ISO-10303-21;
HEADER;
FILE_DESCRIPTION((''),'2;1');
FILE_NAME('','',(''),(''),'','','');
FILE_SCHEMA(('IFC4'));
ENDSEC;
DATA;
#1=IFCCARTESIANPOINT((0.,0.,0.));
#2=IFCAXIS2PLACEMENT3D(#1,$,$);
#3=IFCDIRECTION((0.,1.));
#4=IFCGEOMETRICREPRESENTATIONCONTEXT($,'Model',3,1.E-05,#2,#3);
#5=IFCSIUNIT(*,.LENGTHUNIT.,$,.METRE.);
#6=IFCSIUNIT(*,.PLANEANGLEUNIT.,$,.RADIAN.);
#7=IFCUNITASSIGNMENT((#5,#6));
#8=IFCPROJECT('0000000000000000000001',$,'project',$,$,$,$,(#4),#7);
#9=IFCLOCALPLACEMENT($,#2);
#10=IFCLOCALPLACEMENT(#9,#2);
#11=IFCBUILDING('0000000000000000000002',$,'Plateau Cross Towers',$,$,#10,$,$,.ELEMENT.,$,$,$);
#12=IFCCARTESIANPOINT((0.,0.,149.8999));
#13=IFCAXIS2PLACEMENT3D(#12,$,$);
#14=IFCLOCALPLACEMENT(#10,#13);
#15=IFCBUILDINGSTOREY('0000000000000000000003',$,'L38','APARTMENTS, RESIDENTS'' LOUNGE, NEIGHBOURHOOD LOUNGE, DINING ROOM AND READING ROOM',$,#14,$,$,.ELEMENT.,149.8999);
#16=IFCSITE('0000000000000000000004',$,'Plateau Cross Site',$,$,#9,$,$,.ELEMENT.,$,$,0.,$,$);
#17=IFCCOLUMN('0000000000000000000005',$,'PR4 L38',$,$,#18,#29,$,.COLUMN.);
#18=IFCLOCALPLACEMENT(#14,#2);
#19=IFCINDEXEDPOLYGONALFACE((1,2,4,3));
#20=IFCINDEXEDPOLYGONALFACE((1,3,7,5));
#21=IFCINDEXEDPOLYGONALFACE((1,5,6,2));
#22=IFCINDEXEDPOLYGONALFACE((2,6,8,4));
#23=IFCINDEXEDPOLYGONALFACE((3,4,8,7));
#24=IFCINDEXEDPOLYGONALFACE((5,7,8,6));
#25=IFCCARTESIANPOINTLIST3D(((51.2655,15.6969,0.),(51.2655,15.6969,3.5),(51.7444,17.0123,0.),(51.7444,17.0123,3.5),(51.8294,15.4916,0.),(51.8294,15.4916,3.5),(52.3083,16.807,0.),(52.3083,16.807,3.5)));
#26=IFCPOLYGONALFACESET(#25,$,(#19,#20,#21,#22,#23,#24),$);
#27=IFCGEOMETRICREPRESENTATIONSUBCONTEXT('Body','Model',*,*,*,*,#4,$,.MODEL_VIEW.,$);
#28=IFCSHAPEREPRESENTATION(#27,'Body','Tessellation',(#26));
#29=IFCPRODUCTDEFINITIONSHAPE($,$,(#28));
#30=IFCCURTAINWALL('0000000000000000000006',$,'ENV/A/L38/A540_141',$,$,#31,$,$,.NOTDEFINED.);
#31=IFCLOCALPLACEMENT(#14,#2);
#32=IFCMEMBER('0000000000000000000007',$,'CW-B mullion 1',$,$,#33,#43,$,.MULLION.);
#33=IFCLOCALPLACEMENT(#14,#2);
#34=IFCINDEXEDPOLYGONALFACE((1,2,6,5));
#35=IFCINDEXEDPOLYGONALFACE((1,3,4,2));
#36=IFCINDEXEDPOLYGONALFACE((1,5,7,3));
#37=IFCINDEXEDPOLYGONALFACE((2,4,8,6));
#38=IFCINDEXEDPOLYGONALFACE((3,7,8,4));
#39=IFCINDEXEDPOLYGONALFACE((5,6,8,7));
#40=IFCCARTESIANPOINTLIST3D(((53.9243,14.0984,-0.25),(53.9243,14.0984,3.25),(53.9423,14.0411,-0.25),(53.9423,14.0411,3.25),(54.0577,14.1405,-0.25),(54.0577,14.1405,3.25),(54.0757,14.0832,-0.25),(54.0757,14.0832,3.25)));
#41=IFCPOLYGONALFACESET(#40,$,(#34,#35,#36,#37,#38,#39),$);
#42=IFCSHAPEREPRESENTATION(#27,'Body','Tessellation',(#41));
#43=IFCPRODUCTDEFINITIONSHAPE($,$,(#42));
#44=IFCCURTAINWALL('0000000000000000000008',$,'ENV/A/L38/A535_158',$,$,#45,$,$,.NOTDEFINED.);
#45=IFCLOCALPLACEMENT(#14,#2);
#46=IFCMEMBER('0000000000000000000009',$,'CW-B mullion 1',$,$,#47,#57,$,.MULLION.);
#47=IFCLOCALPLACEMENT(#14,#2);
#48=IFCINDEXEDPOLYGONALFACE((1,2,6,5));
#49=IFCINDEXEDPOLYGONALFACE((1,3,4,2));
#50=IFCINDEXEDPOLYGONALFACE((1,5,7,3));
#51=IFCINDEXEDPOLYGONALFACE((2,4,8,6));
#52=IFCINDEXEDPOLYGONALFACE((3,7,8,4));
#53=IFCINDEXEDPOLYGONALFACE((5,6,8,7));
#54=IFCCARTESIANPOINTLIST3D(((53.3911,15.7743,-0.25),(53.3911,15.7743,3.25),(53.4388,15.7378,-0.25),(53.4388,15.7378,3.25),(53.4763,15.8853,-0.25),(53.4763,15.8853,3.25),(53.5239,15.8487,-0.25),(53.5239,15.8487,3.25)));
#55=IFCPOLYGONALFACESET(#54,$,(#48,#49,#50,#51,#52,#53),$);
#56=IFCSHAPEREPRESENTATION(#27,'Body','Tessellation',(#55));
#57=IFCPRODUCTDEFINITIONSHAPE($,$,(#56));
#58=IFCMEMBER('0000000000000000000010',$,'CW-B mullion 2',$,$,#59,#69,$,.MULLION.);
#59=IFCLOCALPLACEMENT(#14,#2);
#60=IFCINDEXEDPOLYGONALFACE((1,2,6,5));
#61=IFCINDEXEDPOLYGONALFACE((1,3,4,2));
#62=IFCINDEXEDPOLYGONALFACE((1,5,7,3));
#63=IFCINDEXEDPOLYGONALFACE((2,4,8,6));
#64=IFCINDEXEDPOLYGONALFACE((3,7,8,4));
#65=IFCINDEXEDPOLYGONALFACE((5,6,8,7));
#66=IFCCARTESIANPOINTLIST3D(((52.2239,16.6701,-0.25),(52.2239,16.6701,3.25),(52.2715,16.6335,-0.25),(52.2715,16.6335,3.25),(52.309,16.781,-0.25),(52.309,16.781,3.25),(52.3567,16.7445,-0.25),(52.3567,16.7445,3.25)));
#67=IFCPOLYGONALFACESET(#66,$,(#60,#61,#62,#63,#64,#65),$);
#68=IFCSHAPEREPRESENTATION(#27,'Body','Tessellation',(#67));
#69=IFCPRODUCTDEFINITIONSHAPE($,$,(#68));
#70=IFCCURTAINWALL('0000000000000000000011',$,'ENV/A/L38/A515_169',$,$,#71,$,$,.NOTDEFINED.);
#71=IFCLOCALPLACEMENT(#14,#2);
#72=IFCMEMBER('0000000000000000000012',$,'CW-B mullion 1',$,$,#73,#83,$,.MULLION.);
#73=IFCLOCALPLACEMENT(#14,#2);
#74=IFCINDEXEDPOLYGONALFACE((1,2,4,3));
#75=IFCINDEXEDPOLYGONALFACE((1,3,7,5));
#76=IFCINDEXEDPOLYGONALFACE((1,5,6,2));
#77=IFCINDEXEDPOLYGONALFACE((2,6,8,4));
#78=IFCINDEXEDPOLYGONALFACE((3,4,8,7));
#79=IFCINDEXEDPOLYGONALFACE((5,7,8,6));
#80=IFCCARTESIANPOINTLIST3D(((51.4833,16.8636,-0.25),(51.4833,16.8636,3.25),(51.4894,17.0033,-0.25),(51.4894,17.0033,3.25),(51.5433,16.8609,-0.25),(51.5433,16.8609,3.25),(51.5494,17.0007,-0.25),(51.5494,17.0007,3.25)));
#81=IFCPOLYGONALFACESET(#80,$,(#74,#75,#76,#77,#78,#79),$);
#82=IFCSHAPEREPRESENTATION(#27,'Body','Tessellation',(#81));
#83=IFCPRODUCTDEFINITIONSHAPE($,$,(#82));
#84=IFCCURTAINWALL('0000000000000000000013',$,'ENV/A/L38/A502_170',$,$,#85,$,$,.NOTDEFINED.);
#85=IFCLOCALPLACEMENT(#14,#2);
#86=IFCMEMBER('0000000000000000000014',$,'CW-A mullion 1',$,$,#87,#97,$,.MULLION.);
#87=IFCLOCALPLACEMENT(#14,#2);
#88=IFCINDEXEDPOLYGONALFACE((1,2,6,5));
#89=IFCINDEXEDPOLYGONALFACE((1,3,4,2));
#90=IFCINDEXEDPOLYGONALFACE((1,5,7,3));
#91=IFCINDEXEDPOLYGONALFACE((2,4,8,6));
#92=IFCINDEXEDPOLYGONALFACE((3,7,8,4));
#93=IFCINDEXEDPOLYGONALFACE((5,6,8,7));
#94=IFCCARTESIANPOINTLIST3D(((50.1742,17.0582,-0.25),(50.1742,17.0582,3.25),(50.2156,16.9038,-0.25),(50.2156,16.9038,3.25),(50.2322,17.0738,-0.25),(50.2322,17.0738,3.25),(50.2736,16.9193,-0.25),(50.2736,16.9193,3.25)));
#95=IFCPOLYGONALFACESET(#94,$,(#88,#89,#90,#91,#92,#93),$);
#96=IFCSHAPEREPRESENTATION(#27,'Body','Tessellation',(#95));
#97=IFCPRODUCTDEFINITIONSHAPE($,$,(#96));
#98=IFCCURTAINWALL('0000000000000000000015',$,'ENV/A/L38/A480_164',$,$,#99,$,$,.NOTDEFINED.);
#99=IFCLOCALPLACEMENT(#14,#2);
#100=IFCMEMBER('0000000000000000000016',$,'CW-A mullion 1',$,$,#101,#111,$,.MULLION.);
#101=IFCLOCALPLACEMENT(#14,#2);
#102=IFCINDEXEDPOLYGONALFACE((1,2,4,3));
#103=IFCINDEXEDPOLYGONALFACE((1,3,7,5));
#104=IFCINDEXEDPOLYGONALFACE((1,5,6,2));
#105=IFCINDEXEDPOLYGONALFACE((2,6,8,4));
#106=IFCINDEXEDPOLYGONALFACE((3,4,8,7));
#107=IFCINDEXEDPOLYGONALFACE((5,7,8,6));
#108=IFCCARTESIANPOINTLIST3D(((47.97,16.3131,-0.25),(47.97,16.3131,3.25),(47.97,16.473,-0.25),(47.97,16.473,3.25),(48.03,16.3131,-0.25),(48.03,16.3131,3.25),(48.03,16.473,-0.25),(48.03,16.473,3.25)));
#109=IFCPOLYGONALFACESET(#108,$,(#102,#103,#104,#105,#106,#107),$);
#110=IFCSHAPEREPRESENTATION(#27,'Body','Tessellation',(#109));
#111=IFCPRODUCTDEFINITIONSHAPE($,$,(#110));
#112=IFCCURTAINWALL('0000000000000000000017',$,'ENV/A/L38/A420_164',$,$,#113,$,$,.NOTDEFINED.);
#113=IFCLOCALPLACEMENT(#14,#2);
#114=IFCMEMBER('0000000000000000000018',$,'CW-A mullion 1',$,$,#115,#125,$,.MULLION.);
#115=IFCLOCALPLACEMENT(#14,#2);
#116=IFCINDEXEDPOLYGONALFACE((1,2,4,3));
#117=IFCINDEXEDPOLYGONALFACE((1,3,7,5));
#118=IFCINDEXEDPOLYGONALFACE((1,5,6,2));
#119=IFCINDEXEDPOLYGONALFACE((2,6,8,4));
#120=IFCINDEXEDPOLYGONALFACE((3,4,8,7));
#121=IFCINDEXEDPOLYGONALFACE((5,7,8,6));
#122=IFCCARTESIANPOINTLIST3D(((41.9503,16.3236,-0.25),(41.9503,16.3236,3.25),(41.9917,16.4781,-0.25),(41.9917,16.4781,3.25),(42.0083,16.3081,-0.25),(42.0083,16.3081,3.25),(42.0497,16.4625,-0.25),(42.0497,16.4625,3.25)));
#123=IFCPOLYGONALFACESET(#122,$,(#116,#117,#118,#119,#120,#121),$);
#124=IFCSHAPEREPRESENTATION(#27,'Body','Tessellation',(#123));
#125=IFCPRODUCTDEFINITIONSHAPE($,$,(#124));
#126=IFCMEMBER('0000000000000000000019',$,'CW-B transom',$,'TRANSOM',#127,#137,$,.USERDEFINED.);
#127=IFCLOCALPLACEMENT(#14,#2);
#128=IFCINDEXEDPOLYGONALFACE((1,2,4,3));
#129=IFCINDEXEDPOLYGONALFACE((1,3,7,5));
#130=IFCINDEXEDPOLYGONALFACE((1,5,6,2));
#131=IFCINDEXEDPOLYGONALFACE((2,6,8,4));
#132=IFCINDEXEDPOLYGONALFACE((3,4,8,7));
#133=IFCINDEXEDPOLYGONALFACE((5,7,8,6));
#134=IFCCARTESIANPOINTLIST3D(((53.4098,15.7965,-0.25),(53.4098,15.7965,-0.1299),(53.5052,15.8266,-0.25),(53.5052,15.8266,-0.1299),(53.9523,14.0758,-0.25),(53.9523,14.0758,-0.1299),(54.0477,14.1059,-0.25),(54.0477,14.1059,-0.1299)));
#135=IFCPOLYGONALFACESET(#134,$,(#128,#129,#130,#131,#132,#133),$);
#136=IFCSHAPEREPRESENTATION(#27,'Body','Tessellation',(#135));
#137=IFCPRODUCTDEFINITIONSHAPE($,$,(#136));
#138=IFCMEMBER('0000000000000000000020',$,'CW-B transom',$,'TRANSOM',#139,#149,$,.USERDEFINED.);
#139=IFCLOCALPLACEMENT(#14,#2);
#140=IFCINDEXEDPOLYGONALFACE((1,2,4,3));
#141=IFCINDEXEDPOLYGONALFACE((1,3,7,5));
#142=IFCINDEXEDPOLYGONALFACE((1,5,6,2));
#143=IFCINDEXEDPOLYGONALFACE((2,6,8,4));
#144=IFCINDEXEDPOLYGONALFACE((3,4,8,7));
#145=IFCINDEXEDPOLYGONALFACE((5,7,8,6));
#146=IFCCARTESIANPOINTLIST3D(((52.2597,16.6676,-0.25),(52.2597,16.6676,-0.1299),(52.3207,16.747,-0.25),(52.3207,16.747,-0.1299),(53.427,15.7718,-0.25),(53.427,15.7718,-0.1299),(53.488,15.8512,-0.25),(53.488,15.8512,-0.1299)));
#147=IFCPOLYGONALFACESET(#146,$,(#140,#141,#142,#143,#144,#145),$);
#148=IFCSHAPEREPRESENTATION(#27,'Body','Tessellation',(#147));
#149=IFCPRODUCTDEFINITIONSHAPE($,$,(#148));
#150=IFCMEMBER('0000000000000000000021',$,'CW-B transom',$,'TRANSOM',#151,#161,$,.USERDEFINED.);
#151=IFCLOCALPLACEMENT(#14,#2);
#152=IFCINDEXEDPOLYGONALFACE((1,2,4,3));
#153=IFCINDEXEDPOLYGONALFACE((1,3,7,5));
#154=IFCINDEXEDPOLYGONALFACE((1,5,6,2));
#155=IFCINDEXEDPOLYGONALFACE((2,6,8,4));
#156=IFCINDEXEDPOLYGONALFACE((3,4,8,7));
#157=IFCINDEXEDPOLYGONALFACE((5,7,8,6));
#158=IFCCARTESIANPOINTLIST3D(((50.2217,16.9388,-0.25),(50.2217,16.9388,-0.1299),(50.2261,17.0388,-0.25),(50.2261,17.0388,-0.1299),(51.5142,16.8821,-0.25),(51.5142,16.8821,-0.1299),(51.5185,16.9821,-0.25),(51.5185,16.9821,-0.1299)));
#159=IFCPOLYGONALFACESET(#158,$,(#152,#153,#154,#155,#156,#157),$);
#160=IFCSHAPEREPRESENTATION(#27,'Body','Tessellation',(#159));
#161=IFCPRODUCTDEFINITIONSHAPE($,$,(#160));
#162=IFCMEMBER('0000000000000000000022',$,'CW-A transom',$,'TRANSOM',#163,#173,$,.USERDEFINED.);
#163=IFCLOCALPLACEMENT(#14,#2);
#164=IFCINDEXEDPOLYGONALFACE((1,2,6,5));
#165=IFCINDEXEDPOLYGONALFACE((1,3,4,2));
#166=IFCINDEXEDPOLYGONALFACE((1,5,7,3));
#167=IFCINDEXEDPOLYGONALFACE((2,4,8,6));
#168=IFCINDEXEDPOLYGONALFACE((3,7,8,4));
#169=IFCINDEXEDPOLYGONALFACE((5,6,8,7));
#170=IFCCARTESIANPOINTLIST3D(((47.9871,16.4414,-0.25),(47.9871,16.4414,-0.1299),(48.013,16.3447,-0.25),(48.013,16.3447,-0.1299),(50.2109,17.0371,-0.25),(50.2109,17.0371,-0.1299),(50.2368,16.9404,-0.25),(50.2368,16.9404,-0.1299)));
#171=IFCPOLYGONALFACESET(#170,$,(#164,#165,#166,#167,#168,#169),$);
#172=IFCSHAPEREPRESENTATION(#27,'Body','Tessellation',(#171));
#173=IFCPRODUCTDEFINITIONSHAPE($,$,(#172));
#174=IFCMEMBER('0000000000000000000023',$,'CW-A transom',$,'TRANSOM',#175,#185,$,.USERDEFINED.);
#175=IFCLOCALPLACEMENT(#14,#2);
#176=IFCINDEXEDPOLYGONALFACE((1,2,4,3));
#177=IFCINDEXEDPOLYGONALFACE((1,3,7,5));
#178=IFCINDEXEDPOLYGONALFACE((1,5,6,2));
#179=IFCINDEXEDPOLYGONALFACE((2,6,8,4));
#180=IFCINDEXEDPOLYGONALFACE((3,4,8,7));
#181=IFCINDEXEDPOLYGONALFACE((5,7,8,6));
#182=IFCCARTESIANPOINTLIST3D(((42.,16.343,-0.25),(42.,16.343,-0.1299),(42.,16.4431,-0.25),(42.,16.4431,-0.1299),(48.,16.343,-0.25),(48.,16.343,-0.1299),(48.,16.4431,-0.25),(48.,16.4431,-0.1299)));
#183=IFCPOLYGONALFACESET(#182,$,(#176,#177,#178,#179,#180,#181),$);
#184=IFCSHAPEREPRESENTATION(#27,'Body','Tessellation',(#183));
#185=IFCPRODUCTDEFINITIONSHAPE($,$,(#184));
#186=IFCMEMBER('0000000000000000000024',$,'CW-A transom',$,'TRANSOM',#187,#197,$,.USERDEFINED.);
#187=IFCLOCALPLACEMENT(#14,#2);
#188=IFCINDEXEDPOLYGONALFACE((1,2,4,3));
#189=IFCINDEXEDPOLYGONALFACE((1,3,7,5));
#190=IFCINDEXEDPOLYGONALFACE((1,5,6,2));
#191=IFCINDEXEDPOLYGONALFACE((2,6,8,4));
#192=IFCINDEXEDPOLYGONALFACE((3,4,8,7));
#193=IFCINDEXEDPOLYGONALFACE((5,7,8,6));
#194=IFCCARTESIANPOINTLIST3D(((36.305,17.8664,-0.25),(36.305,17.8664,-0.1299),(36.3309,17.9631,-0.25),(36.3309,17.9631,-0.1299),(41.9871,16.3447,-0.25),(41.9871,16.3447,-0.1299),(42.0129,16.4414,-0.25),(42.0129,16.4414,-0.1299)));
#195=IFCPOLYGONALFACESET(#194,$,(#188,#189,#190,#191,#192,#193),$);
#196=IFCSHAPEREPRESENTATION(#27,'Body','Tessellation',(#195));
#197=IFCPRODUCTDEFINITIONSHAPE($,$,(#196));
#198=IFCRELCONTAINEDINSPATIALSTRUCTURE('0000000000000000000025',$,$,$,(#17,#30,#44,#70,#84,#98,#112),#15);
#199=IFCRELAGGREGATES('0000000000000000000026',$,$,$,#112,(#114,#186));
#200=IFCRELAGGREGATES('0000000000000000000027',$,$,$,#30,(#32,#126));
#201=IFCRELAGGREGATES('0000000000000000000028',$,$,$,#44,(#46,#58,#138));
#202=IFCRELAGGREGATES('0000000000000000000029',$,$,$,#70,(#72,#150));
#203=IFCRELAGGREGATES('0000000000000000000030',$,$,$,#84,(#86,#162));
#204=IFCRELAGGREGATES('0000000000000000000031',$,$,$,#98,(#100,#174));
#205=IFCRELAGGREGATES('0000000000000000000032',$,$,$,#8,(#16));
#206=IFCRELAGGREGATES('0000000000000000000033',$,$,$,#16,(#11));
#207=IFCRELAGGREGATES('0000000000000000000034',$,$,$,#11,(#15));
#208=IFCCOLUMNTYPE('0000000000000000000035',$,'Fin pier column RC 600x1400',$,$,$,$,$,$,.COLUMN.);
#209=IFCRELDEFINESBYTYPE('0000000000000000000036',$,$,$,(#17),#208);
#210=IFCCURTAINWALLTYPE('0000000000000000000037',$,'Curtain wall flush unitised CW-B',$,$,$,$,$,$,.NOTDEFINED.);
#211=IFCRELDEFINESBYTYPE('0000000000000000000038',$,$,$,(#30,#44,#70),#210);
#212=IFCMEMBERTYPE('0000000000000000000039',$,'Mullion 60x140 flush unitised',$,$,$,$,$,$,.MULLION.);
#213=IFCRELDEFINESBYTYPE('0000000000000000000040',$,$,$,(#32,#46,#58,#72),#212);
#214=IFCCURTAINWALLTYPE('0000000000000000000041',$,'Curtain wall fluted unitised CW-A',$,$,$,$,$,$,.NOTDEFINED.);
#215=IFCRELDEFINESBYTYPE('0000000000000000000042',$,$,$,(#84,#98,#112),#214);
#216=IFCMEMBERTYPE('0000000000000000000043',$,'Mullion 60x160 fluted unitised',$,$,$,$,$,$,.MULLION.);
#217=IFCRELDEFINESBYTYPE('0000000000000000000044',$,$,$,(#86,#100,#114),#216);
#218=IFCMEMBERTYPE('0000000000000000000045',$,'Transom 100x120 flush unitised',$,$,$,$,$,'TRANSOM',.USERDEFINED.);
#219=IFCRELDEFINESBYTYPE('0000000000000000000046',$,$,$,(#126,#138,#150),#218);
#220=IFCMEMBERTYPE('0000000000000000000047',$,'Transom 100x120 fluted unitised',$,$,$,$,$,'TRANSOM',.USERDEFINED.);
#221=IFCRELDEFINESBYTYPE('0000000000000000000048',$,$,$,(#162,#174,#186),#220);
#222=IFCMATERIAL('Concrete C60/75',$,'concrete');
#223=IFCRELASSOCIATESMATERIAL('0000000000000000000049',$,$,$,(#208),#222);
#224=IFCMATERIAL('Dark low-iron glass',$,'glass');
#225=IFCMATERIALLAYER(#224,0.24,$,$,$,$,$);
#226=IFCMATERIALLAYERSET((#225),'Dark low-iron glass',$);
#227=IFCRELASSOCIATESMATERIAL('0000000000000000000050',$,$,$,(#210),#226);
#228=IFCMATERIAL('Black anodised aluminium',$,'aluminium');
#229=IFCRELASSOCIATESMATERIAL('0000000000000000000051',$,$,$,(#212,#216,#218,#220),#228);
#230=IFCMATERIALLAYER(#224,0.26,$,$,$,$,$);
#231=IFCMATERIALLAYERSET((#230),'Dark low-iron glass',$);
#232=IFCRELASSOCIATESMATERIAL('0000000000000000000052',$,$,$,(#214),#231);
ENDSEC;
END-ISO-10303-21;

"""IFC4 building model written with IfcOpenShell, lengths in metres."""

from ifc_helpers import new_model, si_unit, direction, frame, origin, origin_2d, place, context, subcontext, project, spatial, rectangle, extrude, material, layer, layer_set, material_profile, profile_set, type_object, element, aggregate, save


model = new_model("IFC4")

# Units and contexts
model_context = context("Model", 3, precision=1e-05, world=origin(), true_north=direction((0.0, 1.0)))
body_context = subcontext(model_context, "Body", "Model", "MODEL_VIEW")
ifc_project = project(units=[si_unit("LENGTHUNIT", "METRE"), si_unit("PLANEANGLEUNIT", "RADIAN")], contexts=[model_context])

# Site, building, storey
site_placement = place(None, origin())
site = spatial("IfcSite", under=ifc_project, at=site_placement, Name="Plateau Cross Site", CompositionType="ELEMENT", RefElevation=0.0)
building_placement = place(site_placement, origin())
building = spatial("IfcBuilding", under=site, at=building_placement, Name="Plateau Cross Towers", CompositionType="ELEMENT")
storey_placement = place(building_placement, frame((0.0, 0.0, 149.8999)))
storey = spatial("IfcBuildingStorey", under=building, at=storey_placement, Name="L38", Description="APARTMENTS, RESIDENTS' LOUNGE, NEIGHBOURHOOD LOUNGE, DINING ROOM AND READING ROOM", CompositionType="ELEMENT", Elevation=149.8999)

# Column
ifc_material_1 = material(Name="Concrete C60/75", Category="concrete")
ifc_material_profile_1 = material_profile(ifc_material_1, rectangle(XDim=0.6001, YDim=1.3999, at=origin_2d()), Name="RC 600x1400")
ifc_profile_set_1 = profile_set([ifc_material_profile_1], Name="Concrete C60/75")
column_type = type_object("IfcColumnType", Name="Fin pier column RC 600x1400", PredefinedType="COLUMN", material=ifc_profile_set_1)
column_placement = place(storey_placement, frame((51.7869, 16.252, 0.0), z_axis=(0.0, 0.0, 1.0), x_axis=(-0.939664, 0.342098, 0.0)))
element("IfcColumn", 1, at=column_placement, inside=storey, type_object=column_type, Name="PR4 L38", PredefinedType="COLUMN", context=body_context, shape_type="SweptSolid", body=[
    extrude(rectangle(XDim=0.6001, YDim=1.3999, at=origin_2d()), origin(), (0.0, 0.0, 1.0), 3.5),
])

# Curtain wall, member
ifc_material_2 = material(Name="Dark low-iron glass", Category="glass")
ifc_layer_1 = layer(ifc_material_2, 0.24)
ifc_layer_set_1 = layer_set([ifc_layer_1], Name="Dark low-iron glass")
curtain_wall_type_1 = type_object("IfcCurtainWallType", Name="Curtain wall flush unitised CW-B", PredefinedType="NOTDEFINED", material=ifc_layer_set_1)
curtain_wall_1_placement = place(storey_placement, origin())
curtain_wall_1 = element("IfcCurtainWall", 2, at=curtain_wall_1_placement, inside=storey, type_object=curtain_wall_type_1, Name="ENV/A/L38/A540_141", PredefinedType="NOTDEFINED")
ifc_material_3 = material(Name="Black anodised aluminium", Category="aluminium")
ifc_material_profile_2 = material_profile(ifc_material_3, rectangle(XDim=0.0601, YDim=0.1399, at=origin_2d()), Name="MULLION 60x140")
ifc_profile_set_2 = profile_set([ifc_material_profile_2], Name="Black anodised aluminium")
member_type_1 = type_object("IfcMemberType", Name="Mullion 60x140 flush unitised", PredefinedType="MULLION", material=ifc_profile_set_2)
member_1_placement = place(storey_placement, frame((54.0, 14.0908, -0.25), z_axis=(0.0, 0.0, 1.0), x_axis=(-0.300686, 0.953723, 0.0)))
member_1 = element("IfcMember", 3, at=member_1_placement, type_object=member_type_1, Name="CW-B mullion 1", PredefinedType="MULLION", context=body_context, shape_type="SweptSolid", body=[
    extrude(rectangle(XDim=0.0601, YDim=0.1399, at=origin_2d()), origin(), (0.0, 0.0, 1.0), 3.5),
])

# Curtain wall, members
curtain_wall_2_placement = place(storey_placement, origin())
curtain_wall_2 = element("IfcCurtainWall", 4, at=curtain_wall_2_placement, inside=storey, type_object=curtain_wall_type_1, Name="ENV/A/L38/A535_158", PredefinedType="NOTDEFINED")
member_2_placement = place(storey_placement, frame((53.4575, 15.8115, -0.25), z_axis=(0.0, 0.0, 1.0), x_axis=(-0.793316, 0.608811, 0.0)))
member_2 = element("IfcMember", 5, at=member_2_placement, type_object=member_type_1, Name="CW-B mullion 1", PredefinedType="MULLION", context=body_context, shape_type="SweptSolid", body=[
    extrude(rectangle(XDim=0.0601, YDim=0.1399, at=origin_2d()), origin(), (0.0, 0.0, 1.0), 3.5),
])
member_3_placement = place(storey_placement, frame((52.2903, 16.7073, -0.25), z_axis=(0.0, 0.0, 1.0), x_axis=(-0.793316, 0.608811, 0.0)))
member_3 = element("IfcMember", 6, at=member_3_placement, type_object=member_type_1, Name="CW-B mullion 2", PredefinedType="MULLION", context=body_context, shape_type="SweptSolid", body=[
    extrude(rectangle(XDim=0.0601, YDim=0.1399, at=origin_2d()), origin(), (0.0, 0.0, 1.0), 3.5),
])

# Curtain walls, members
curtain_wall_3_placement = place(storey_placement, origin())
curtain_wall_3 = element("IfcCurtainWall", 7, at=curtain_wall_3_placement, inside=storey, type_object=curtain_wall_type_1, Name="ENV/A/L38/A515_169", PredefinedType="NOTDEFINED")
member_4_placement = place(storey_placement, frame((51.5164, 16.9321, -0.25), z_axis=(0.0, 0.0, 1.0), x_axis=(-0.999044, 0.043723, 0.0)))
member_4 = element("IfcMember", 8, at=member_4_placement, type_object=member_type_1, Name="CW-B mullion 1", PredefinedType="MULLION", context=body_context, shape_type="SweptSolid", body=[
    extrude(rectangle(XDim=0.0601, YDim=0.1399, at=origin_2d()), origin(), (0.0, 0.0, 1.0), 3.5),
])
ifc_layer_2 = layer(ifc_material_2, 0.26)
ifc_layer_set_2 = layer_set([ifc_layer_2], Name="Dark low-iron glass")
curtain_wall_type_2 = type_object("IfcCurtainWallType", Name="Curtain wall fluted unitised CW-A", PredefinedType="NOTDEFINED", material=ifc_layer_set_2)
curtain_wall_4_placement = place(storey_placement, origin())
curtain_wall_4 = element("IfcCurtainWall", 9, at=curtain_wall_4_placement, inside=storey, type_object=curtain_wall_type_2, Name="ENV/A/L38/A502_170", PredefinedType="NOTDEFINED")
ifc_material_profile_3 = material_profile(ifc_material_3, rectangle(XDim=0.0601, YDim=0.1599, at=origin_2d()), Name="MULLION 60x160")
ifc_profile_set_3 = profile_set([ifc_material_profile_3], Name="Black anodised aluminium")
member_type_2 = type_object("IfcMemberType", Name="Mullion 60x160 fluted unitised", PredefinedType="MULLION", material=ifc_profile_set_3)
member_5_placement = place(storey_placement, frame((50.2239, 16.9888, -0.25), z_axis=(0.0, 0.0, 1.0), x_axis=(-0.965958, -0.258699, 0.0)))
member_5 = element("IfcMember", 10, at=member_5_placement, type_object=member_type_2, Name="CW-A mullion 1", PredefinedType="MULLION", context=body_context, shape_type="SweptSolid", body=[
    extrude(rectangle(XDim=0.0601, YDim=0.1599, at=origin_2d()), origin(), (0.0, 0.0, 1.0), 3.5),
])
curtain_wall_5_placement = place(storey_placement, origin())
curtain_wall_5 = element("IfcCurtainWall", 11, at=curtain_wall_5_placement, inside=storey, type_object=curtain_wall_type_2, Name="ENV/A/L38/A480_164", PredefinedType="NOTDEFINED")
member_6_placement = place(storey_placement, frame((48.0, 16.3931, -0.25), z_axis=(0.0, 0.0, 1.0), x_axis=(-1.0, 0.0, 0.0)))
member_6 = element("IfcMember", 12, at=member_6_placement, type_object=member_type_2, Name="CW-A mullion 1", PredefinedType="MULLION", context=body_context, shape_type="SweptSolid", body=[
    extrude(rectangle(XDim=0.0601, YDim=0.1599, at=origin_2d()), origin(), (0.0, 0.0, 1.0), 3.5),
])
curtain_wall_6_placement = place(storey_placement, origin())
curtain_wall_6 = element("IfcCurtainWall", 13, at=curtain_wall_6_placement, inside=storey, type_object=curtain_wall_type_2, Name="ENV/A/L38/A420_164", PredefinedType="NOTDEFINED")
member_7_placement = place(storey_placement, frame((42.0, 16.3931, -0.25), z_axis=(0.0, 0.0, 1.0), x_axis=(-0.965958, 0.258699, 0.0)))
member_7 = element("IfcMember", 14, at=member_7_placement, type_object=member_type_2, Name="CW-A mullion 1", PredefinedType="MULLION", context=body_context, shape_type="SweptSolid", body=[
    extrude(rectangle(XDim=0.0601, YDim=0.1599, at=origin_2d()), origin(), (0.0, 0.0, 1.0), 3.5),
])

# Members
ifc_material_profile_4 = material_profile(ifc_material_3, rectangle(XDim=0.1001, YDim=0.1201, at=origin_2d()), Name="TRANSOM 100x120")
ifc_profile_set_4 = profile_set([ifc_material_profile_4], Name="Black anodised aluminium")
member_type_3 = type_object("IfcMemberType", Name="Transom 100x120 flush unitised", ElementType="TRANSOM", PredefinedType="USERDEFINED", material=ifc_profile_set_4)
member_8_placement = place(storey_placement, frame((54.0, 14.0908, -0.1899), z_axis=(-0.300678, 0.953726, 0.0), x_axis=(-0.953726, -0.300678, 0.0)))
member_8 = element("IfcMember", 15, at=member_8_placement, type_object=member_type_3, Name="CW-B transom", ObjectType="TRANSOM", PredefinedType="USERDEFINED", context=body_context, shape_type="SweptSolid", body=[
    extrude(rectangle(XDim=0.1001, YDim=0.1201, at=origin_2d()), origin(), (0.0, 0.0, 1.0), 1.8042),
])
member_9_placement = place(storey_placement, frame((53.4575, 15.8115, -0.1899), z_axis=(-0.793321, 0.608804, 0.0), x_axis=(-0.608804, -0.793321, 0.0)))
member_9 = element("IfcMember", 16, at=member_9_placement, type_object=member_type_3, Name="CW-B transom", ObjectType="TRANSOM", PredefinedType="USERDEFINED", context=body_context, shape_type="SweptSolid", body=[
    extrude(rectangle(XDim=0.1001, YDim=0.1201, at=origin_2d()), origin(), (0.0, 0.0, 1.0), 1.4714),
])
member_10_placement = place(storey_placement, frame((51.5164, 16.9321, -0.1899), z_axis=(-0.999041, 0.043781, 0.0), x_axis=(-0.043781, -0.999041, 0.0)))
member_10 = element("IfcMember", 17, at=member_10_placement, type_object=member_type_3, Name="CW-B transom", ObjectType="TRANSOM", PredefinedType="USERDEFINED", context=body_context, shape_type="SweptSolid", body=[
    extrude(rectangle(XDim=0.1001, YDim=0.1201, at=origin_2d()), origin(), (0.0, 0.0, 1.0), 1.2937),
])
ifc_material_profile_5 = material_profile(ifc_material_3, rectangle(XDim=0.1001, YDim=0.1201, at=origin_2d()), Name="TRANSOM 100x120")
ifc_profile_set_5 = profile_set([ifc_material_profile_5], Name="Black anodised aluminium")
member_type_4 = type_object("IfcMemberType", Name="Transom 100x120 fluted unitised", ElementType="TRANSOM", PredefinedType="USERDEFINED", material=ifc_profile_set_5)
member_11_placement = place(storey_placement, frame((50.2239, 16.9888, -0.1899), z_axis=(-0.965946, -0.258745, 0.0), x_axis=(0.258745, -0.965946, 0.0)))
member_11 = element("IfcMember", 18, at=member_11_placement, type_object=member_type_4, Name="CW-A transom", ObjectType="TRANSOM", PredefinedType="USERDEFINED", context=body_context, shape_type="SweptSolid", body=[
    extrude(rectangle(XDim=0.1001, YDim=0.1201, at=origin_2d()), origin(), (0.0, 0.0, 1.0), 2.3022),
])
member_12_placement = place(storey_placement, frame((48.0, 16.3931, -0.1899), z_axis=(-1.0, 0.0, 0.0), x_axis=(0.0, -1.0, 0.0)))
member_12 = element("IfcMember", 19, at=member_12_placement, type_object=member_type_4, Name="CW-A transom", ObjectType="TRANSOM", PredefinedType="USERDEFINED", context=body_context, shape_type="SweptSolid", body=[
    extrude(rectangle(XDim=0.1001, YDim=0.1201, at=origin_2d()), origin(), (0.0, 0.0, 1.0), 6.0),
])
member_13_placement = place(storey_placement, frame((42.0, 16.3931, -0.1899), z_axis=(-0.96596, 0.258693, 0.0), x_axis=(-0.258693, -0.96596, 0.0)))
member_13 = element("IfcMember", 20, at=member_13_placement, type_object=member_type_4, Name="CW-A transom", ObjectType="TRANSOM", PredefinedType="USERDEFINED", context=body_context, shape_type="SweptSolid", body=[
    extrude(rectangle(XDim=0.1001, YDim=0.1201, at=origin_2d()), origin(), (0.0, 0.0, 1.0), 5.8823),
])
aggregate(curtain_wall_6, [member_7, member_13])

aggregate(curtain_wall_1, [member_1, member_8])
aggregate(curtain_wall_2, [member_2, member_3, member_9])
aggregate(curtain_wall_3, [member_4, member_10])
aggregate(curtain_wall_4, [member_5, member_11])
aggregate(curtain_wall_5, [member_6, member_12])

save(model, "model.ifc")
